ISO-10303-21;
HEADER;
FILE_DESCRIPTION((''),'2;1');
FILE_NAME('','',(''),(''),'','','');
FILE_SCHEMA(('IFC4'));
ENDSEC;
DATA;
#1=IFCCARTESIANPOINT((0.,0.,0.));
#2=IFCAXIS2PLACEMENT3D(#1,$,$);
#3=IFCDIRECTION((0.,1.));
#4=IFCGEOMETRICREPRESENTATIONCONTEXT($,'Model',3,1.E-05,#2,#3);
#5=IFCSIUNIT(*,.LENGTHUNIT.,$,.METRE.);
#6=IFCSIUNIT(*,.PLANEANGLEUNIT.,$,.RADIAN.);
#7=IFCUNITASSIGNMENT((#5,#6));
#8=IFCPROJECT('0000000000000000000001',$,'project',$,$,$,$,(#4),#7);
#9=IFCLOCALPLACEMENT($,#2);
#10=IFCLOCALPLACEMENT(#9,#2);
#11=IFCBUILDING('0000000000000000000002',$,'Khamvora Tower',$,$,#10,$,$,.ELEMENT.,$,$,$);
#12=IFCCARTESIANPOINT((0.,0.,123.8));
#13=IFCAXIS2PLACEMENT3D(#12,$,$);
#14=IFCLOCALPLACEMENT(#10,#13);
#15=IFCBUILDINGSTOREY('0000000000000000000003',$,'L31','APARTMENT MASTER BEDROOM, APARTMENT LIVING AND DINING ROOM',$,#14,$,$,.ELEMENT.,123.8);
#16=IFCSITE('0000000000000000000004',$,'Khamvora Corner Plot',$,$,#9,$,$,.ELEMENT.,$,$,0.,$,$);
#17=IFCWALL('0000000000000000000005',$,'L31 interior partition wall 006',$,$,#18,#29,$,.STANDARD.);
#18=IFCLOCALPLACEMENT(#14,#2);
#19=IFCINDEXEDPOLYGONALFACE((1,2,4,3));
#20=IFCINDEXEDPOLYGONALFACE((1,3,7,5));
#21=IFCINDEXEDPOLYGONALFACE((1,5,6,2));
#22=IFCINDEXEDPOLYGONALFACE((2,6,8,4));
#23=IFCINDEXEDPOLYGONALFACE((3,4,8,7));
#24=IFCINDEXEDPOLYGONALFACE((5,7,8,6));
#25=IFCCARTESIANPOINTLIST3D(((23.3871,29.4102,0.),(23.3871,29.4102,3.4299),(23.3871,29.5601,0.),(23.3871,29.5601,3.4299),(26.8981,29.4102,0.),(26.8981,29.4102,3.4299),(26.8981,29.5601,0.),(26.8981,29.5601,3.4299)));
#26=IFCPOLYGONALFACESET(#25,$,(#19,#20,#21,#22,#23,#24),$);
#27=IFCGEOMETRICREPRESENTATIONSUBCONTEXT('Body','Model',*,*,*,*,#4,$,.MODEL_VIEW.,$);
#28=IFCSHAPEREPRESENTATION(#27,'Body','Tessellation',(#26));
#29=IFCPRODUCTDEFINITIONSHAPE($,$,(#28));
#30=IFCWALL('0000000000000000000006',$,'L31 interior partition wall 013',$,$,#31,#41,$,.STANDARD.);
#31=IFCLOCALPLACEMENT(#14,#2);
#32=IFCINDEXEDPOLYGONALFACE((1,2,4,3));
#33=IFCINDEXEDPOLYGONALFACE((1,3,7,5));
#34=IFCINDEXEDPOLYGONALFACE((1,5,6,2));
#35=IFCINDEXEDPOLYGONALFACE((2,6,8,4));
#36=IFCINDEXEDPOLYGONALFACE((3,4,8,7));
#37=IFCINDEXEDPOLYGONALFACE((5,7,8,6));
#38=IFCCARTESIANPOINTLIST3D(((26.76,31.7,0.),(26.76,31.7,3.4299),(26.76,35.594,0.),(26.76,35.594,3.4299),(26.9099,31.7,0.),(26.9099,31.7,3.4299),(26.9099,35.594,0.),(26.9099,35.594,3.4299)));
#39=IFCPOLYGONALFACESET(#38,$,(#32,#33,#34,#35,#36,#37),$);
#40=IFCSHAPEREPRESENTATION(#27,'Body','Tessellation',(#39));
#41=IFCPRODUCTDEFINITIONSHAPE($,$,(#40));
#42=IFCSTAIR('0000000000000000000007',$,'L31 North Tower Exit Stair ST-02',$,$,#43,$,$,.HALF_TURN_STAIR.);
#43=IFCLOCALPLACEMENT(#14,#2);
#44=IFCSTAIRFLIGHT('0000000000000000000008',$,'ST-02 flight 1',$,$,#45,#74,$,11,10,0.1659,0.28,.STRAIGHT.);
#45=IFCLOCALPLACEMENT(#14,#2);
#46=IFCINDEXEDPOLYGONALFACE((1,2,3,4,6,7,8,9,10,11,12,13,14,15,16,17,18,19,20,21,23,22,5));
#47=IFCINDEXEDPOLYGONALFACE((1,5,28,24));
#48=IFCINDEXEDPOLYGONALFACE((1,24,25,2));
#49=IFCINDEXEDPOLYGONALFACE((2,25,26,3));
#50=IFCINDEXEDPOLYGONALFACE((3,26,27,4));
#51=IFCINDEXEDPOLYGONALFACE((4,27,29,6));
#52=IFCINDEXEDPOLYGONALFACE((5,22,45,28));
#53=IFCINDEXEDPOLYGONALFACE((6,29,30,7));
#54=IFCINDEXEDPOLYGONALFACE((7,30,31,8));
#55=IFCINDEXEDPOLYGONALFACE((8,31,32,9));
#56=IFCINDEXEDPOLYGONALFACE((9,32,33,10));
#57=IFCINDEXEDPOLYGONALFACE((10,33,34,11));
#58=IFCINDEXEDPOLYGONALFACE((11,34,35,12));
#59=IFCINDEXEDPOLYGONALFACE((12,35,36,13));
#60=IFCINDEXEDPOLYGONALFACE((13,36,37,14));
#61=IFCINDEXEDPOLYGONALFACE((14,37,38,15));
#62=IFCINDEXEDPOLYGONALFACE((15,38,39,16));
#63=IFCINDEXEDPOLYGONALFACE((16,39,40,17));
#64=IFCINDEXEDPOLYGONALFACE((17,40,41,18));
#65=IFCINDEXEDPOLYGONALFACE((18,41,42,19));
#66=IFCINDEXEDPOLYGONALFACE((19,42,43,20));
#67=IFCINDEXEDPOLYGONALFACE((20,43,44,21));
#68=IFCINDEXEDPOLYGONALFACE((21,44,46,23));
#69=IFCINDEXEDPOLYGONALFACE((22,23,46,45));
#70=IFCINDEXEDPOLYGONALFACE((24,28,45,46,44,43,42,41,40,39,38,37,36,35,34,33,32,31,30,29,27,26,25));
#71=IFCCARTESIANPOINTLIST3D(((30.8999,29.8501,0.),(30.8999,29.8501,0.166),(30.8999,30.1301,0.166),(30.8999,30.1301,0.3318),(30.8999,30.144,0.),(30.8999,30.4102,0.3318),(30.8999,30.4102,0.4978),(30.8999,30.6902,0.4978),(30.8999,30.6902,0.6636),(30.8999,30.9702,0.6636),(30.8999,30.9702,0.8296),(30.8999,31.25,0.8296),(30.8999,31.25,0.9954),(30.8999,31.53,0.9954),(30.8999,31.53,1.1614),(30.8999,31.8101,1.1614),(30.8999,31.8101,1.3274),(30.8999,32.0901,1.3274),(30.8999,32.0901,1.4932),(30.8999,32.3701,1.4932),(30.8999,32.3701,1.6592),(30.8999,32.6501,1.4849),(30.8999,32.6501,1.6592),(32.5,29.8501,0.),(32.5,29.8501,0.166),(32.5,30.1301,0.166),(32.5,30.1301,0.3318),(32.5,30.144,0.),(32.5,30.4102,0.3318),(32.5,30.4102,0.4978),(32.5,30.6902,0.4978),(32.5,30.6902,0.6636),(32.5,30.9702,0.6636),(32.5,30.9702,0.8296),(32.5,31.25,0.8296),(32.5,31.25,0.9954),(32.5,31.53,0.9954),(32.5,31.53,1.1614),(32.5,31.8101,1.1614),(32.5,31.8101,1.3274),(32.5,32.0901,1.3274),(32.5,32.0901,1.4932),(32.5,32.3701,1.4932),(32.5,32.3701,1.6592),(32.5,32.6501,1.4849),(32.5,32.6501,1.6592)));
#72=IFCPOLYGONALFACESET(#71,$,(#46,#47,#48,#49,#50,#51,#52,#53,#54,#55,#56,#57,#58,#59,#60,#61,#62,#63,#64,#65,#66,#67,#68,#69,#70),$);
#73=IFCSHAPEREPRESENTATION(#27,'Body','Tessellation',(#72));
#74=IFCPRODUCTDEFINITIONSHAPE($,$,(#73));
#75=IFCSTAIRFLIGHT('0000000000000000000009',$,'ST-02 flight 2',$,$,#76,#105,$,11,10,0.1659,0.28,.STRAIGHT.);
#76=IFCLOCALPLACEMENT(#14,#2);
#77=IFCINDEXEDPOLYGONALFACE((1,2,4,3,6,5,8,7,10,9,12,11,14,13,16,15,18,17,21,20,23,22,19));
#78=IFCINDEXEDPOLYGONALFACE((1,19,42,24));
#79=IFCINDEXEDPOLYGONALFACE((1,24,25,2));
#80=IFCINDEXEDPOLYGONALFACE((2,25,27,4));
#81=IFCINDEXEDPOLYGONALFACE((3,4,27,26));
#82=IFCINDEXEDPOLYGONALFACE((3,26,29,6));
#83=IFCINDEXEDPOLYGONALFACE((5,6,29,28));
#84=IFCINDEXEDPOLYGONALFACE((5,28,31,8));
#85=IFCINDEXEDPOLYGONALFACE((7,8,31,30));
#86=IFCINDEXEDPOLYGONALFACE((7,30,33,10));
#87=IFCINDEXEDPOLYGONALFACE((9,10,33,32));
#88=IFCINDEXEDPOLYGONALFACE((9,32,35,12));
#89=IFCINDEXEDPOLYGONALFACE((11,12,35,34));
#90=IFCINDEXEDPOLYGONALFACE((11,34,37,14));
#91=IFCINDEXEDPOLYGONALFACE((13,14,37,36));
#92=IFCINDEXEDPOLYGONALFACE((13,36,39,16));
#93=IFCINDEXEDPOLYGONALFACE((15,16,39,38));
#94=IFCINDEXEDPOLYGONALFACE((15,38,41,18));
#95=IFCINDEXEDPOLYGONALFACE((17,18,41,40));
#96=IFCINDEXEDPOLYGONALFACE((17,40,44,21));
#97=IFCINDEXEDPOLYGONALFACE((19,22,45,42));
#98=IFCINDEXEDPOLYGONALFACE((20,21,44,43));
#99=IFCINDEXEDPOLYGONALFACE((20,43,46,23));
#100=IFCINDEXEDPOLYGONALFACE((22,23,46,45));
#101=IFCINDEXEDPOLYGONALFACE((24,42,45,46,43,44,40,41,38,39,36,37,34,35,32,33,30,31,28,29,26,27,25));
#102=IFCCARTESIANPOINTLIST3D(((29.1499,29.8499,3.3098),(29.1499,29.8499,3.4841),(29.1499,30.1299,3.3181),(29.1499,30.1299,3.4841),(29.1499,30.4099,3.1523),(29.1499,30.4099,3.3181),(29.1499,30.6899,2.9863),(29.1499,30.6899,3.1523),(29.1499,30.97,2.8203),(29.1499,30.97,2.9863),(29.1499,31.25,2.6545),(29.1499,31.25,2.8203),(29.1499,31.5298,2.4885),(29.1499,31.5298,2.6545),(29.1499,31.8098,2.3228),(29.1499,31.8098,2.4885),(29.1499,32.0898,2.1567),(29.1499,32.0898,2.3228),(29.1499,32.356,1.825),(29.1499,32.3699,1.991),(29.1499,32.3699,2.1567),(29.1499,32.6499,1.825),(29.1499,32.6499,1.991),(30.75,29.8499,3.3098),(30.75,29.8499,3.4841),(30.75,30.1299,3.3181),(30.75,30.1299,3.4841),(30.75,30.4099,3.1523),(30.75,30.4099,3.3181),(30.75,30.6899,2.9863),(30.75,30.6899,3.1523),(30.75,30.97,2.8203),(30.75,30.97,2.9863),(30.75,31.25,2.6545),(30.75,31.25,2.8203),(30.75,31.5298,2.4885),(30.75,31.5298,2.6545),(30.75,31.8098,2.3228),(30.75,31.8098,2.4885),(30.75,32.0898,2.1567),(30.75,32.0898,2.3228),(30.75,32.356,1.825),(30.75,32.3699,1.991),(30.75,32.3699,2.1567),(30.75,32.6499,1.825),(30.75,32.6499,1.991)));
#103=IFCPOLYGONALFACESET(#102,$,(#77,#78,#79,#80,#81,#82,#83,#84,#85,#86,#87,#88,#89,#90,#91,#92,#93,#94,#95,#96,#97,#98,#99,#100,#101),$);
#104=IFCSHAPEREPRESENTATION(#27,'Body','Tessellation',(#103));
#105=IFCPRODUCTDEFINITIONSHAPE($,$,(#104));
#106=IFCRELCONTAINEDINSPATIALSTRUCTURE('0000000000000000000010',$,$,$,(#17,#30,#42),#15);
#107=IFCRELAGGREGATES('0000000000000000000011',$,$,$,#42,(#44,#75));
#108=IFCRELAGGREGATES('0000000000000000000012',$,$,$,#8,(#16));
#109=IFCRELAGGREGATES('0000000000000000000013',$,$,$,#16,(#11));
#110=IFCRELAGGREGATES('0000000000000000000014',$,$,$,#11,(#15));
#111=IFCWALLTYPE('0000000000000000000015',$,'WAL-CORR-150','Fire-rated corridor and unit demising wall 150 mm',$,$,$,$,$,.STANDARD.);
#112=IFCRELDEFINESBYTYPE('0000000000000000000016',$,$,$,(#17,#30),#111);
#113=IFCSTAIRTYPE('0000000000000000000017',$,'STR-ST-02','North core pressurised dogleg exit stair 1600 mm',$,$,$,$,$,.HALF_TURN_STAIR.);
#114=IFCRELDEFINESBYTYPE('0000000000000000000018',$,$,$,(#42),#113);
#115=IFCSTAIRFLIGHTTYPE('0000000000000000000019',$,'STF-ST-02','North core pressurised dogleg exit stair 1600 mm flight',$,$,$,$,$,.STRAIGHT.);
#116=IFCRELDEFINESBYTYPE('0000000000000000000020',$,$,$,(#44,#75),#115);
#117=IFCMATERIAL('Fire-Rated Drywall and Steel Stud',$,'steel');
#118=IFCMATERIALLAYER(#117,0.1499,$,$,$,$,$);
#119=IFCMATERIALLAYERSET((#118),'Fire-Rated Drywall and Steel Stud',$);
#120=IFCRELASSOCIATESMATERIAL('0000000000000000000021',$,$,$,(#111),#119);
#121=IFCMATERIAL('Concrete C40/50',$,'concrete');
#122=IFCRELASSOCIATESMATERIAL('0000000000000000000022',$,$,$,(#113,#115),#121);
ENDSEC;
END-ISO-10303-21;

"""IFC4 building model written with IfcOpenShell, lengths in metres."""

from ifc_helpers import new_model, si_unit, direction, frame, frame_2d, origin, place, context, subcontext, project, spatial, polyline, rectangle, outline, extrude, material, layer, layer_set, type_object, element, aggregate, save


model = new_model("IFC4")

# Units and contexts
model_context = context("Model", 3, precision=1e-05, world=origin(), true_north=direction((0.0, 1.0)))
body_context = subcontext(model_context, "Body", "Model", "MODEL_VIEW")
ifc_project = project(units=[si_unit("LENGTHUNIT", "METRE"), si_unit("PLANEANGLEUNIT", "RADIAN")], contexts=[model_context])

# Site, building, storey
site_placement = place(None, origin())
site = spatial("IfcSite", under=ifc_project, at=site_placement, Name="Khamvora Corner Plot", CompositionType="ELEMENT", RefElevation=0.0)
building_placement = place(site_placement, origin())
building = spatial("IfcBuilding", under=site, at=building_placement, Name="Khamvora Tower", CompositionType="ELEMENT")
storey_placement = place(building_placement, frame((0.0, 0.0, 123.8)))
storey = spatial("IfcBuildingStorey", under=building, at=storey_placement, Name="L31", Description="APARTMENT MASTER BEDROOM, APARTMENT LIVING AND DINING ROOM", CompositionType="ELEMENT", Elevation=123.8)

# Walls
ifc_material_1 = material(Name="Fire-Rated Drywall and Steel Stud", Category="steel")
ifc_layer_1 = layer(ifc_material_1, 0.1499)
ifc_layer_set_1 = layer_set([ifc_layer_1], Name="Fire-Rated Drywall and Steel Stud")
wall_type_1 = type_object("IfcWallType", Name="WAL-CORR-150", Description="Fire-rated corridor and unit demising wall 150 mm", PredefinedType="STANDARD", material=ifc_layer_set_1)
wall_1_placement = place(storey_placement, frame((26.8979, 29.4851, 0.0), z_axis=(0.0, 0.0, 1.0), x_axis=(-1.0, 0.0, 0.0)))
element("IfcWall", 1, at=wall_1_placement, inside=storey, type_object=wall_type_1, Name="L31 interior partition wall 006", PredefinedType="STANDARD", context=body_context, shape_type="SweptSolid", body=[
    extrude(rectangle(XDim=3.511, YDim=0.1499, at=frame_2d((1.7554, 0.0))), origin(), (0.0, 0.0, 1.0), 3.4299),
])
wall_2_placement = place(storey_placement, frame((26.835, 31.7, 0.0), z_axis=(0.0, 0.0, 1.0), x_axis=(0.0, 1.0, 0.0)))
element("IfcWall", 2, at=wall_2_placement, inside=storey, type_object=wall_type_1, Name="L31 interior partition wall 013", PredefinedType="STANDARD", context=body_context, shape_type="SweptSolid", body=[
    extrude(rectangle(XDim=3.894, YDim=0.1499, at=frame_2d((1.947, 0.0))), origin(), (0.0, 0.0, 1.0), 3.4299),
])

# Stair, stair flights
ifc_material_2 = material(Name="Concrete C40/50", Category="concrete")
stair_type = type_object("IfcStairType", Name="STR-ST-02", Description="North core pressurised dogleg exit stair 1600 mm", PredefinedType="HALF_TURN_STAIR", material=ifc_material_2)
stair_placement = place(storey_placement, origin())
stair = element("IfcStair", 3, at=stair_placement, inside=storey, type_object=stair_type, Name="L31 North Tower Exit Stair ST-02", PredefinedType="HALF_TURN_STAIR")
stair_flight_type = type_object("IfcStairFlightType", Name="STF-ST-02", Description="North core pressurised dogleg exit stair 1600 mm flight", PredefinedType="STRAIGHT", material=ifc_material_2)
stair_flight_1_placement = place(storey_placement, frame((31.7, 29.8501, 0.0), z_axis=(0.0, 0.0, 1.0), x_axis=(0.0, 1.0, 0.0)))
stair_flight_1 = element("IfcStairFlight", 4, at=stair_flight_1_placement, type_object=stair_flight_type, Name="ST-02 flight 1", NumberOfRisers=11, NumberOfTreads=10, PredefinedType="STRAIGHT", RiserHeight=0.1659, TreadLength=0.28, context=body_context, shape_type="SweptSolid", body=[
    extrude(outline(polyline([(0.0, 0.0), (0.0, 0.166), (0.28, 0.166), (0.28, 0.3318), (0.5601, 0.3318), (0.5601, 0.4978), (0.8401, 0.4978), (0.8401, 0.6636), (1.1201, 0.6636), (1.1201, 0.8296), (1.3999, 0.8296), (1.3999, 0.9954), (1.6799, 0.9954), (1.6799, 1.1614), (1.96, 1.1614), (1.96, 1.3274), (2.24, 1.3274), (2.24, 1.4932), (2.52, 1.4932), (2.52, 1.6592), (2.8, 1.6592), (2.8, 1.825), (2.8, 1.4849), (0.2939, 0.0), (0.0, 0.0)])), frame((0.0, 0.8, 0.0), z_axis=(0.0, -1.0, 0.0), x_axis=(1.0, 0.0, 0.0)), (0.0, 0.0, 1.0), 1.6001),
])
stair_flight_2_placement = place(storey_placement, frame((29.95, 32.6499, 1.825), z_axis=(0.0, 0.0, 1.0), x_axis=(0.0, -1.0, 0.0)))
stair_flight_2 = element("IfcStairFlight", 5, at=stair_flight_2_placement, type_object=stair_flight_type, Name="ST-02 flight 2", NumberOfRisers=11, NumberOfTreads=10, PredefinedType="STRAIGHT", RiserHeight=0.1659, TreadLength=0.28, context=body_context, shape_type="SweptSolid", body=[
    extrude(outline(polyline([(0.0, 0.0), (0.0, 0.166), (0.28, 0.166), (0.28, 0.3318), (0.5601, 0.3318), (0.5601, 0.4978), (0.8401, 0.4978), (0.8401, 0.6636), (1.1201, 0.6636), (1.1201, 0.8296), (1.3999, 0.8296), (1.3999, 0.9954), (1.6799, 0.9954), (1.6799, 1.1614), (1.96, 1.1614), (1.96, 1.3274), (2.24, 1.3274), (2.24, 1.4932), (2.52, 1.4932), (2.52, 1.6592), (2.8, 1.6592), (2.8, 1.825), (2.8, 1.4849), (0.2939, 0.0), (0.0, 0.0)])), frame((0.0, 0.8, 0.0), z_axis=(0.0, -1.0, 0.0), x_axis=(1.0, 0.0, 0.0)), (0.0, 0.0, 1.0), 1.6001),
])
aggregate(stair, [stair_flight_1, stair_flight_2])

save(model, "model.ifc")
